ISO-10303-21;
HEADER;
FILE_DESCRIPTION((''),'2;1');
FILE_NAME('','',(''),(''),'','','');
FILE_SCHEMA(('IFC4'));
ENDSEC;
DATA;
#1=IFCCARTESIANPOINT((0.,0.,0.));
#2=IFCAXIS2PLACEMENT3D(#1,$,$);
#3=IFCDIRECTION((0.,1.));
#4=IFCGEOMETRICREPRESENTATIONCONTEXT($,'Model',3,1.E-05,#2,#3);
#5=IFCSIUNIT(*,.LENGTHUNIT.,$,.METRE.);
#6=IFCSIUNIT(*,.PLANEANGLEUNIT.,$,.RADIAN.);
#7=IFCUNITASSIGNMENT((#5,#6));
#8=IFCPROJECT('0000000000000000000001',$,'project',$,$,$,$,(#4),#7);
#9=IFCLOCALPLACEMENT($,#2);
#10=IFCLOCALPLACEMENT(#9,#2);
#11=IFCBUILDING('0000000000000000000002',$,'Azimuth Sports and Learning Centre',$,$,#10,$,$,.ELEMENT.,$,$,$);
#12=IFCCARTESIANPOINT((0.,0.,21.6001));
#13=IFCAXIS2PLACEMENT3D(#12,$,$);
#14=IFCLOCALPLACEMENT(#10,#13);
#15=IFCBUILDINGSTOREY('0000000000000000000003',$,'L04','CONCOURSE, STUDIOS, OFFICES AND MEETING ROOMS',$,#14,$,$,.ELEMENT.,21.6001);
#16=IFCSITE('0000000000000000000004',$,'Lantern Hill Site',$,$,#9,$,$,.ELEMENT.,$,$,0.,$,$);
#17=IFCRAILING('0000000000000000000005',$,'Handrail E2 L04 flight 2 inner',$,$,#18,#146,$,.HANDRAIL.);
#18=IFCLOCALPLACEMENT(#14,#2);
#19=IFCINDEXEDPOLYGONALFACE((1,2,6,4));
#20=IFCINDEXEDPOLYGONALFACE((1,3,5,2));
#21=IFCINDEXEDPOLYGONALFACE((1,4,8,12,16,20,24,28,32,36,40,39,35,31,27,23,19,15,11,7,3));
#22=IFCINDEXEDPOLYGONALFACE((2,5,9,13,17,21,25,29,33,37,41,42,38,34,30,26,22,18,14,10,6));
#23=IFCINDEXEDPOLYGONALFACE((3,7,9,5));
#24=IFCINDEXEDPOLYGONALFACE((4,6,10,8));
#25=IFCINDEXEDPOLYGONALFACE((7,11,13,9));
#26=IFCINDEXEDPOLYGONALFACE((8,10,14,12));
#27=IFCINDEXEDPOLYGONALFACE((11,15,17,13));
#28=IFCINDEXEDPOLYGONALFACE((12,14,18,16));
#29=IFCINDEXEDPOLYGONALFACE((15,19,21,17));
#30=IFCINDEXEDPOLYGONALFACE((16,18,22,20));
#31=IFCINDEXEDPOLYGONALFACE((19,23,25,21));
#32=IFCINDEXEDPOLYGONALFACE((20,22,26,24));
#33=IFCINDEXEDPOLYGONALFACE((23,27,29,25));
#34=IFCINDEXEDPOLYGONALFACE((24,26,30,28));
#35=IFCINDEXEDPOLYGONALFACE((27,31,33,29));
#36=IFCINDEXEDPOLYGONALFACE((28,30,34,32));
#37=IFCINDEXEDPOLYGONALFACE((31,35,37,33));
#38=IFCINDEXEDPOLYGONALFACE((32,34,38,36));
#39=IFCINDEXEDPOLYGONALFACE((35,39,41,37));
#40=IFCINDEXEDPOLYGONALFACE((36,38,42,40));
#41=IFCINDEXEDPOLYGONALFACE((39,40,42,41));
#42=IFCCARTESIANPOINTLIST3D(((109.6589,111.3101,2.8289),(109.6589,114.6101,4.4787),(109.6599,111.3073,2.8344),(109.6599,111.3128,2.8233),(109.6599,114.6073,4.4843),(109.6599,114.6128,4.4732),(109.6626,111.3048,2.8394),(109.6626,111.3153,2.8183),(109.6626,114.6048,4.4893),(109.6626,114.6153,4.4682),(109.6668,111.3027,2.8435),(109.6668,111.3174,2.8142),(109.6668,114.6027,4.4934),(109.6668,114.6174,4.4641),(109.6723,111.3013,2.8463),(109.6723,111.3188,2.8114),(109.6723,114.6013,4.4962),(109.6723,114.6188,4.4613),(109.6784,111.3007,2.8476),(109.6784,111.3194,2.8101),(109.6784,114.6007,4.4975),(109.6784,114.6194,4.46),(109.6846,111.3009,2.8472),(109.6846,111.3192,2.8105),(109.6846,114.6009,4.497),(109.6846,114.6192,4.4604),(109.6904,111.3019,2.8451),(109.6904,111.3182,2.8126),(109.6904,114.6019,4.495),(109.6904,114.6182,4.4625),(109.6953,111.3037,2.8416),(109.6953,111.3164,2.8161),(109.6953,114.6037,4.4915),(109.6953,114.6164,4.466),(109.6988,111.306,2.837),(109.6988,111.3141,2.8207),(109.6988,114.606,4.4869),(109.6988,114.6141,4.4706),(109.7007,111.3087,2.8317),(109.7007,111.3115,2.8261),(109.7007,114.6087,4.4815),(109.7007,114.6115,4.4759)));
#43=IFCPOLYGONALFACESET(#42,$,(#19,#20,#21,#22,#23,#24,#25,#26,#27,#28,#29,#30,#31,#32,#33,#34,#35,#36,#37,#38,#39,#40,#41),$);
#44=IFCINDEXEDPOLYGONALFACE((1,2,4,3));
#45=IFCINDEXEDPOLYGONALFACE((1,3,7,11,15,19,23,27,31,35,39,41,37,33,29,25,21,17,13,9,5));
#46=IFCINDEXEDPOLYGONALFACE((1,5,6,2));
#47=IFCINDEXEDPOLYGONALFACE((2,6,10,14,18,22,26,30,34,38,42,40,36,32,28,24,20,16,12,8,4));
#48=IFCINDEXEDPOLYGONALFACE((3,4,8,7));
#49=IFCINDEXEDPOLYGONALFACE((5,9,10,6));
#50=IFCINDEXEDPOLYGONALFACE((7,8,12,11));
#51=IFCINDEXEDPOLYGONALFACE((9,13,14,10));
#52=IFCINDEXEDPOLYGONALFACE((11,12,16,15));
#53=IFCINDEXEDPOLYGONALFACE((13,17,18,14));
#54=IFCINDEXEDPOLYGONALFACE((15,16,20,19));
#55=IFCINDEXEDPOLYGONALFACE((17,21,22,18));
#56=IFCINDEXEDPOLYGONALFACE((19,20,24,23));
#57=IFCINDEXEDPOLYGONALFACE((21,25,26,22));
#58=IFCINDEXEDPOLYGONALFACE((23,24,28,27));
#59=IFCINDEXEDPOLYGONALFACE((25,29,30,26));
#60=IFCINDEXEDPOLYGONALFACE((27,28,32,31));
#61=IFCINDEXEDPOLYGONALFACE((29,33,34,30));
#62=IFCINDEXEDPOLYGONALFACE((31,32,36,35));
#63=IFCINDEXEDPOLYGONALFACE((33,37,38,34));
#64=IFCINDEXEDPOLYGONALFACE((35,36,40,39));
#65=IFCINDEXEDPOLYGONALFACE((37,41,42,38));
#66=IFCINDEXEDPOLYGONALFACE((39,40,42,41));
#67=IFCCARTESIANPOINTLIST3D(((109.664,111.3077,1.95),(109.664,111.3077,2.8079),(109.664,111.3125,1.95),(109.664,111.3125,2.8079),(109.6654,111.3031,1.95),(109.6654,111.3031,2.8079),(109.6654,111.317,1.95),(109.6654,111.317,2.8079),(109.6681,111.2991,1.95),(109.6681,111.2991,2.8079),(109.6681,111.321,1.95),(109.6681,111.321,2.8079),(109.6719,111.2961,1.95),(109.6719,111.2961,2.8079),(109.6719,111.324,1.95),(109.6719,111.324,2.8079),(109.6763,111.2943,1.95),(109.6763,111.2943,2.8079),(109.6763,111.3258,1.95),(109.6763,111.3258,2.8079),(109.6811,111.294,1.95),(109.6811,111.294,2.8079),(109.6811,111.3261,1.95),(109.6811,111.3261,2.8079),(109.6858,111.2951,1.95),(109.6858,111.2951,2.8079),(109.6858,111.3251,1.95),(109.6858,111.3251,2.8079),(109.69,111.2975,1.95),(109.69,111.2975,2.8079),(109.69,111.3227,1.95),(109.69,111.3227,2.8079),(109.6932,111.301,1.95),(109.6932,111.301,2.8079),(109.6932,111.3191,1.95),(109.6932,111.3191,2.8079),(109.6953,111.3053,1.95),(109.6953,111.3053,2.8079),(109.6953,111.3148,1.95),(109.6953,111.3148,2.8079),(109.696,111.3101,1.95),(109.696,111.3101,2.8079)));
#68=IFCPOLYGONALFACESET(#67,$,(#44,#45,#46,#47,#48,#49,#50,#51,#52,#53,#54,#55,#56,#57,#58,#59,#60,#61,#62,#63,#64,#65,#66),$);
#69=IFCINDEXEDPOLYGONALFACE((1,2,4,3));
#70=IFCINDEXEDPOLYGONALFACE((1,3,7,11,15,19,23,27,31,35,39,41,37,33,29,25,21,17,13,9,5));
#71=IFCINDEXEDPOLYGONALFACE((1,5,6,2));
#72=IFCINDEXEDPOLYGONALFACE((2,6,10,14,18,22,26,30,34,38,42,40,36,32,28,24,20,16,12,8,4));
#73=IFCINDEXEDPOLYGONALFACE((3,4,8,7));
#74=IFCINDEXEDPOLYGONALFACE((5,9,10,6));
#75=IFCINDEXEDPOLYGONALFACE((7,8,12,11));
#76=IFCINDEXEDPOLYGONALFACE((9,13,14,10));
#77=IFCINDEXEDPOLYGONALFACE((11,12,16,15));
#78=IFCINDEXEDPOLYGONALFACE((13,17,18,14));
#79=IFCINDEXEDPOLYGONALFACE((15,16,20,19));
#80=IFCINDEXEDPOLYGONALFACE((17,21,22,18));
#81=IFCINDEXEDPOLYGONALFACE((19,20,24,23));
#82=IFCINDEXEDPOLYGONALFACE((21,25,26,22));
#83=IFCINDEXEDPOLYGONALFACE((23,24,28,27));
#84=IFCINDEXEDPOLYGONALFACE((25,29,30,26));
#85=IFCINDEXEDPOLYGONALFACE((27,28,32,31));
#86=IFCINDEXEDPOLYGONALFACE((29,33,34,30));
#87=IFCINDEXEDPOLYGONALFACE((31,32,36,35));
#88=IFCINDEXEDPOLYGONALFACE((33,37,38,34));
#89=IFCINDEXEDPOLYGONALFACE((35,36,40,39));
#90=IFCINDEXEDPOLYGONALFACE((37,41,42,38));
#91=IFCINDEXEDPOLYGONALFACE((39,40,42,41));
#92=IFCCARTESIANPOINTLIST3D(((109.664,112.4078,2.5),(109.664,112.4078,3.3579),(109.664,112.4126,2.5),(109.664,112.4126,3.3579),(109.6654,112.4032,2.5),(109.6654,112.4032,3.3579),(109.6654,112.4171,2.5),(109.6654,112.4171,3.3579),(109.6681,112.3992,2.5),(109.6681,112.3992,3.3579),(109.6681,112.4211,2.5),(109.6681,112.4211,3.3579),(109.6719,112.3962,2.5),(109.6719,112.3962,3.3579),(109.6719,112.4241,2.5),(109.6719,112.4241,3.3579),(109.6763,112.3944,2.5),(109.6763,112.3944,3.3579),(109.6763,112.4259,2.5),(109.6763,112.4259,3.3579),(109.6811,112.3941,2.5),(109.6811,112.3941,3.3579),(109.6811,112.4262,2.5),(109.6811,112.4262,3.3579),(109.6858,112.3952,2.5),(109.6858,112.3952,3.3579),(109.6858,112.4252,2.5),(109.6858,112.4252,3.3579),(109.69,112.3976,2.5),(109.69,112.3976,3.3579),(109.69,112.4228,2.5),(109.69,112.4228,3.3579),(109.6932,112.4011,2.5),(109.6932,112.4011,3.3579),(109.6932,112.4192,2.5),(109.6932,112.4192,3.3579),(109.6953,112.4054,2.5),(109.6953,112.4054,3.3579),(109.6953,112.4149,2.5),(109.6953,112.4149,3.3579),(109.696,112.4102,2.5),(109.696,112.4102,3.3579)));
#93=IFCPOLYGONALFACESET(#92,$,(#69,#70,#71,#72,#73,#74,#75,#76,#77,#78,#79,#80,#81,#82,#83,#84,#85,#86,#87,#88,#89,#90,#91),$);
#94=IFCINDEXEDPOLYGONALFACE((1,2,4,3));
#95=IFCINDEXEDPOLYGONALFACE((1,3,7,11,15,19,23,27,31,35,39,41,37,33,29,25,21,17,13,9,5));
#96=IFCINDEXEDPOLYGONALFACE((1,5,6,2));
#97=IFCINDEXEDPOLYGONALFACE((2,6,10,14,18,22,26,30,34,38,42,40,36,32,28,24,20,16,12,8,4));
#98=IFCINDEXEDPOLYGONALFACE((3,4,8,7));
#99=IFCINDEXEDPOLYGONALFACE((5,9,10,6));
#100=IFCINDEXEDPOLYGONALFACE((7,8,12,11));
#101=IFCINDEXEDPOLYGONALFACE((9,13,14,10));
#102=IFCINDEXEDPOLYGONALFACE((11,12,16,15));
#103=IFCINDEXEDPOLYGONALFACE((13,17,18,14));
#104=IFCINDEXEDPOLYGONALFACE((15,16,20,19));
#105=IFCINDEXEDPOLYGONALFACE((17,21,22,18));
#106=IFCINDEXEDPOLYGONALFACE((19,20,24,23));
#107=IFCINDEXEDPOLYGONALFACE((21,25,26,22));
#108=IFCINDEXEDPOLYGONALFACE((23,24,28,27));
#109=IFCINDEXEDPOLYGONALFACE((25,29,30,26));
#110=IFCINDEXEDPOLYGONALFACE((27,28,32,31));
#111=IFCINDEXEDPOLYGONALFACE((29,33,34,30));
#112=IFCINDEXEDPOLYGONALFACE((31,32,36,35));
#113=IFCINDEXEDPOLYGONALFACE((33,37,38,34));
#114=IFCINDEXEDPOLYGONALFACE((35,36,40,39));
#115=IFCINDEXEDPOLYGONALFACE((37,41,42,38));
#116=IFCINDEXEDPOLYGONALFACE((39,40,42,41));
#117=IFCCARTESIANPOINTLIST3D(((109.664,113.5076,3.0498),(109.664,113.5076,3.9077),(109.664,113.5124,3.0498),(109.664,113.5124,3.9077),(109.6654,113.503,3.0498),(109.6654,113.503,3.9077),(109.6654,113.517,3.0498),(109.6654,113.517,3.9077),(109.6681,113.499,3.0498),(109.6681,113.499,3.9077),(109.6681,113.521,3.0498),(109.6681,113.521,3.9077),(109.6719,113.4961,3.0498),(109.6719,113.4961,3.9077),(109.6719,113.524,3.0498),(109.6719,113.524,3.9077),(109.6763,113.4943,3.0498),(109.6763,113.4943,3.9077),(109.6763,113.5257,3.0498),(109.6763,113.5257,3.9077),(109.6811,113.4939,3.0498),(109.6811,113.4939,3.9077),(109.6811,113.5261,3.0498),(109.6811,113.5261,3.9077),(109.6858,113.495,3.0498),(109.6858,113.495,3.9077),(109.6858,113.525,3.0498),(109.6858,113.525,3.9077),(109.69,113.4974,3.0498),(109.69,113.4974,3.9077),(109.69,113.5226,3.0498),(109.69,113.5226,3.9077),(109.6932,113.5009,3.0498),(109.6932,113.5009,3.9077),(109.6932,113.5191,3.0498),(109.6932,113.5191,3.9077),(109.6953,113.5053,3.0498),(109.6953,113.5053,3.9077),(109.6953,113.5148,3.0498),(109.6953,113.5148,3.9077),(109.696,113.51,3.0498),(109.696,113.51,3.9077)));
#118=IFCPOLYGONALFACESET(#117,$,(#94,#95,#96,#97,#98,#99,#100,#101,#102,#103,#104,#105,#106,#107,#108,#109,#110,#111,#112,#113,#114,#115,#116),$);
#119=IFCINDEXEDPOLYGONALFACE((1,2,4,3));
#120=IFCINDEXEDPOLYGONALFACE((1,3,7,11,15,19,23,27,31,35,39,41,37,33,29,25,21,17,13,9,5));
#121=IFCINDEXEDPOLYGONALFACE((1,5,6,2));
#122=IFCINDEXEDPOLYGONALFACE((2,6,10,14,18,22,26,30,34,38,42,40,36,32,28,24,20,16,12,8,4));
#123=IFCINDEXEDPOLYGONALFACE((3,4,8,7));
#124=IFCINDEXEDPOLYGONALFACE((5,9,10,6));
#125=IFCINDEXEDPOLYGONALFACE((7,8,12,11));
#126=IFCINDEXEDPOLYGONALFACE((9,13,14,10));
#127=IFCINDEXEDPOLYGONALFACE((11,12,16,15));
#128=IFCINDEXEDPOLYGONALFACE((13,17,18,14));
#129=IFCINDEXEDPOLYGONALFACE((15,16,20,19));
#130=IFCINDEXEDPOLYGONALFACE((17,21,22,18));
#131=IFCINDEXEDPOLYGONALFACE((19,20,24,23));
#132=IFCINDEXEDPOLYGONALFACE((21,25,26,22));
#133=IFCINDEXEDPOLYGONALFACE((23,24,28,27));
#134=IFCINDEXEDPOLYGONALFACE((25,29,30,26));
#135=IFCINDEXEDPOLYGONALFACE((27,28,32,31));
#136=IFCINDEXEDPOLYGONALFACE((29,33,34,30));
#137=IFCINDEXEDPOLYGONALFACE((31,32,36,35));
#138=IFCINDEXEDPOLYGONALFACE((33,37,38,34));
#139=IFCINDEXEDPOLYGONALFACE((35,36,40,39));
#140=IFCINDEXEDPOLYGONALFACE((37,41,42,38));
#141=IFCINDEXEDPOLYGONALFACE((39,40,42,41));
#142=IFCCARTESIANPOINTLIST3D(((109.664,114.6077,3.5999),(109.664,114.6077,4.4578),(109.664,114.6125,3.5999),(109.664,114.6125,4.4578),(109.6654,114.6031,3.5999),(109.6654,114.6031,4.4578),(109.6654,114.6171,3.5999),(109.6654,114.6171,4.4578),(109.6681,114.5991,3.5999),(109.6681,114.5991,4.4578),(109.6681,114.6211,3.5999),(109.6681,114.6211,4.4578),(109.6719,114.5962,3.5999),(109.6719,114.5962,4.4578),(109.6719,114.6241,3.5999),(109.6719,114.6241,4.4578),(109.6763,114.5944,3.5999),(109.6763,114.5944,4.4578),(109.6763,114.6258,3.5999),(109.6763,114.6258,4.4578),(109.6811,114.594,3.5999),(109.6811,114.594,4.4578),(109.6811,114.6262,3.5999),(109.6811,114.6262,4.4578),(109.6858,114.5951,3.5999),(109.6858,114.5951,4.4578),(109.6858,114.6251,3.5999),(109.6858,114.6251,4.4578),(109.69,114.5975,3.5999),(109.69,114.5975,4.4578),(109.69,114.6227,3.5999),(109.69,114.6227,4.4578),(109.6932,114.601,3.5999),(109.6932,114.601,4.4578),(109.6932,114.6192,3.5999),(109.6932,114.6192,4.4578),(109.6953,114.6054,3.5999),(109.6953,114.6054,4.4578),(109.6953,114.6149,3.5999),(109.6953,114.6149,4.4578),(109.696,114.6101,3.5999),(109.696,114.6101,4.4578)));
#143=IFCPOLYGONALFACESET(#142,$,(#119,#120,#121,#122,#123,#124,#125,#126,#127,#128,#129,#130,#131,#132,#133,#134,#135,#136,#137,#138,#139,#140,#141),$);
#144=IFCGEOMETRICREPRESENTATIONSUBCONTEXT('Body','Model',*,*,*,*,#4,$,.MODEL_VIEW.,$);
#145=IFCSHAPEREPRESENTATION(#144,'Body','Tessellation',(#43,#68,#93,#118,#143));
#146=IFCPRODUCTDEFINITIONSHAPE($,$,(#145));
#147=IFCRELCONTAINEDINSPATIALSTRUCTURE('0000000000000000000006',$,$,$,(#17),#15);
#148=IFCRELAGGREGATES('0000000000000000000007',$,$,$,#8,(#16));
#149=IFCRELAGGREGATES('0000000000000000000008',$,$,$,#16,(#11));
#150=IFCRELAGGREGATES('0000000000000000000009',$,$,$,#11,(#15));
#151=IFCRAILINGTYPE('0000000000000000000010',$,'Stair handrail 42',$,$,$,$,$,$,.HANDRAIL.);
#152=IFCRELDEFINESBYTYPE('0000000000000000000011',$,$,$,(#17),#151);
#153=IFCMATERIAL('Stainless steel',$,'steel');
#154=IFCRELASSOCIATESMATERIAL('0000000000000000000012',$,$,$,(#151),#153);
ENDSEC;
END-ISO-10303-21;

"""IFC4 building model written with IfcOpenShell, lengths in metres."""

from ifc_helpers import new_model, si_unit, direction, frame, origin, origin_2d, place, context, subcontext, project, spatial, circle, extrude, material, type_object, element, save


model = new_model("IFC4")

# Units and contexts
model_context = context("Model", 3, precision=1e-05, world=origin(), true_north=direction((0.0, 1.0)))
body_context = subcontext(model_context, "Body", "Model", "MODEL_VIEW")
ifc_project = project(units=[si_unit("LENGTHUNIT", "METRE"), si_unit("PLANEANGLEUNIT", "RADIAN")], contexts=[model_context])

# Site, building, storey
site_placement = place(None, origin())
site = spatial("IfcSite", under=ifc_project, at=site_placement, Name="Lantern Hill Site", CompositionType="ELEMENT", RefElevation=0.0)
building_placement = place(site_placement, origin())
building = spatial("IfcBuilding", under=site, at=building_placement, Name="Azimuth Sports and Learning Centre", CompositionType="ELEMENT")
storey_placement = place(building_placement, frame((0.0, 0.0, 21.6001)))
storey = spatial("IfcBuildingStorey", under=building, at=storey_placement, Name="L04", Description="CONCOURSE, STUDIOS, OFFICES AND MEETING ROOMS", CompositionType="ELEMENT", Elevation=21.6001)

# Railing
ifc_material_1 = material(Name="Stainless steel", Category="steel")
railing_type = type_object("IfcRailingType", Name="Stair handrail 42", PredefinedType="HANDRAIL", material=ifc_material_1)
for number, where, name in (
    (1, (109.6799, 111.3101, 1.95), "Handrail E2 L04 flight 2 inner"),
):
    element("IfcRailing", number, at=place(storey_placement, frame(where)), inside=storey, type_object=railing_type, Name=name, PredefinedType="HANDRAIL", context=body_context, shape_type="SweptSolid", body=[
        extrude(circle(Radius=0.021, at=origin_2d()), frame((0.0, 0.0, 0.8789), z_axis=(0.0, 0.89444, 0.447187), x_axis=(-1.0, 0.0, 0.0)), (0.0, 0.0, 1.0), 3.6895),
        extrude(circle(Radius=0.0161, at=origin_2d()), origin(), (0.0, 0.0, 1.0), 0.8579),
        extrude(circle(Radius=0.0161, at=origin_2d()), frame((0.0, 1.1001, 0.55)), (0.0, 0.0, 1.0), 0.8579),
        extrude(circle(Radius=0.0161, at=origin_2d()), frame((0.0, 2.2, 1.0999)), (0.0, 0.0, 1.0), 0.8579),
        extrude(circle(Radius=0.0161, at=origin_2d()), frame((0.0, 3.3, 1.6499)), (0.0, 0.0, 1.0), 0.8579),
    ])

save(model, "model.ifc")
